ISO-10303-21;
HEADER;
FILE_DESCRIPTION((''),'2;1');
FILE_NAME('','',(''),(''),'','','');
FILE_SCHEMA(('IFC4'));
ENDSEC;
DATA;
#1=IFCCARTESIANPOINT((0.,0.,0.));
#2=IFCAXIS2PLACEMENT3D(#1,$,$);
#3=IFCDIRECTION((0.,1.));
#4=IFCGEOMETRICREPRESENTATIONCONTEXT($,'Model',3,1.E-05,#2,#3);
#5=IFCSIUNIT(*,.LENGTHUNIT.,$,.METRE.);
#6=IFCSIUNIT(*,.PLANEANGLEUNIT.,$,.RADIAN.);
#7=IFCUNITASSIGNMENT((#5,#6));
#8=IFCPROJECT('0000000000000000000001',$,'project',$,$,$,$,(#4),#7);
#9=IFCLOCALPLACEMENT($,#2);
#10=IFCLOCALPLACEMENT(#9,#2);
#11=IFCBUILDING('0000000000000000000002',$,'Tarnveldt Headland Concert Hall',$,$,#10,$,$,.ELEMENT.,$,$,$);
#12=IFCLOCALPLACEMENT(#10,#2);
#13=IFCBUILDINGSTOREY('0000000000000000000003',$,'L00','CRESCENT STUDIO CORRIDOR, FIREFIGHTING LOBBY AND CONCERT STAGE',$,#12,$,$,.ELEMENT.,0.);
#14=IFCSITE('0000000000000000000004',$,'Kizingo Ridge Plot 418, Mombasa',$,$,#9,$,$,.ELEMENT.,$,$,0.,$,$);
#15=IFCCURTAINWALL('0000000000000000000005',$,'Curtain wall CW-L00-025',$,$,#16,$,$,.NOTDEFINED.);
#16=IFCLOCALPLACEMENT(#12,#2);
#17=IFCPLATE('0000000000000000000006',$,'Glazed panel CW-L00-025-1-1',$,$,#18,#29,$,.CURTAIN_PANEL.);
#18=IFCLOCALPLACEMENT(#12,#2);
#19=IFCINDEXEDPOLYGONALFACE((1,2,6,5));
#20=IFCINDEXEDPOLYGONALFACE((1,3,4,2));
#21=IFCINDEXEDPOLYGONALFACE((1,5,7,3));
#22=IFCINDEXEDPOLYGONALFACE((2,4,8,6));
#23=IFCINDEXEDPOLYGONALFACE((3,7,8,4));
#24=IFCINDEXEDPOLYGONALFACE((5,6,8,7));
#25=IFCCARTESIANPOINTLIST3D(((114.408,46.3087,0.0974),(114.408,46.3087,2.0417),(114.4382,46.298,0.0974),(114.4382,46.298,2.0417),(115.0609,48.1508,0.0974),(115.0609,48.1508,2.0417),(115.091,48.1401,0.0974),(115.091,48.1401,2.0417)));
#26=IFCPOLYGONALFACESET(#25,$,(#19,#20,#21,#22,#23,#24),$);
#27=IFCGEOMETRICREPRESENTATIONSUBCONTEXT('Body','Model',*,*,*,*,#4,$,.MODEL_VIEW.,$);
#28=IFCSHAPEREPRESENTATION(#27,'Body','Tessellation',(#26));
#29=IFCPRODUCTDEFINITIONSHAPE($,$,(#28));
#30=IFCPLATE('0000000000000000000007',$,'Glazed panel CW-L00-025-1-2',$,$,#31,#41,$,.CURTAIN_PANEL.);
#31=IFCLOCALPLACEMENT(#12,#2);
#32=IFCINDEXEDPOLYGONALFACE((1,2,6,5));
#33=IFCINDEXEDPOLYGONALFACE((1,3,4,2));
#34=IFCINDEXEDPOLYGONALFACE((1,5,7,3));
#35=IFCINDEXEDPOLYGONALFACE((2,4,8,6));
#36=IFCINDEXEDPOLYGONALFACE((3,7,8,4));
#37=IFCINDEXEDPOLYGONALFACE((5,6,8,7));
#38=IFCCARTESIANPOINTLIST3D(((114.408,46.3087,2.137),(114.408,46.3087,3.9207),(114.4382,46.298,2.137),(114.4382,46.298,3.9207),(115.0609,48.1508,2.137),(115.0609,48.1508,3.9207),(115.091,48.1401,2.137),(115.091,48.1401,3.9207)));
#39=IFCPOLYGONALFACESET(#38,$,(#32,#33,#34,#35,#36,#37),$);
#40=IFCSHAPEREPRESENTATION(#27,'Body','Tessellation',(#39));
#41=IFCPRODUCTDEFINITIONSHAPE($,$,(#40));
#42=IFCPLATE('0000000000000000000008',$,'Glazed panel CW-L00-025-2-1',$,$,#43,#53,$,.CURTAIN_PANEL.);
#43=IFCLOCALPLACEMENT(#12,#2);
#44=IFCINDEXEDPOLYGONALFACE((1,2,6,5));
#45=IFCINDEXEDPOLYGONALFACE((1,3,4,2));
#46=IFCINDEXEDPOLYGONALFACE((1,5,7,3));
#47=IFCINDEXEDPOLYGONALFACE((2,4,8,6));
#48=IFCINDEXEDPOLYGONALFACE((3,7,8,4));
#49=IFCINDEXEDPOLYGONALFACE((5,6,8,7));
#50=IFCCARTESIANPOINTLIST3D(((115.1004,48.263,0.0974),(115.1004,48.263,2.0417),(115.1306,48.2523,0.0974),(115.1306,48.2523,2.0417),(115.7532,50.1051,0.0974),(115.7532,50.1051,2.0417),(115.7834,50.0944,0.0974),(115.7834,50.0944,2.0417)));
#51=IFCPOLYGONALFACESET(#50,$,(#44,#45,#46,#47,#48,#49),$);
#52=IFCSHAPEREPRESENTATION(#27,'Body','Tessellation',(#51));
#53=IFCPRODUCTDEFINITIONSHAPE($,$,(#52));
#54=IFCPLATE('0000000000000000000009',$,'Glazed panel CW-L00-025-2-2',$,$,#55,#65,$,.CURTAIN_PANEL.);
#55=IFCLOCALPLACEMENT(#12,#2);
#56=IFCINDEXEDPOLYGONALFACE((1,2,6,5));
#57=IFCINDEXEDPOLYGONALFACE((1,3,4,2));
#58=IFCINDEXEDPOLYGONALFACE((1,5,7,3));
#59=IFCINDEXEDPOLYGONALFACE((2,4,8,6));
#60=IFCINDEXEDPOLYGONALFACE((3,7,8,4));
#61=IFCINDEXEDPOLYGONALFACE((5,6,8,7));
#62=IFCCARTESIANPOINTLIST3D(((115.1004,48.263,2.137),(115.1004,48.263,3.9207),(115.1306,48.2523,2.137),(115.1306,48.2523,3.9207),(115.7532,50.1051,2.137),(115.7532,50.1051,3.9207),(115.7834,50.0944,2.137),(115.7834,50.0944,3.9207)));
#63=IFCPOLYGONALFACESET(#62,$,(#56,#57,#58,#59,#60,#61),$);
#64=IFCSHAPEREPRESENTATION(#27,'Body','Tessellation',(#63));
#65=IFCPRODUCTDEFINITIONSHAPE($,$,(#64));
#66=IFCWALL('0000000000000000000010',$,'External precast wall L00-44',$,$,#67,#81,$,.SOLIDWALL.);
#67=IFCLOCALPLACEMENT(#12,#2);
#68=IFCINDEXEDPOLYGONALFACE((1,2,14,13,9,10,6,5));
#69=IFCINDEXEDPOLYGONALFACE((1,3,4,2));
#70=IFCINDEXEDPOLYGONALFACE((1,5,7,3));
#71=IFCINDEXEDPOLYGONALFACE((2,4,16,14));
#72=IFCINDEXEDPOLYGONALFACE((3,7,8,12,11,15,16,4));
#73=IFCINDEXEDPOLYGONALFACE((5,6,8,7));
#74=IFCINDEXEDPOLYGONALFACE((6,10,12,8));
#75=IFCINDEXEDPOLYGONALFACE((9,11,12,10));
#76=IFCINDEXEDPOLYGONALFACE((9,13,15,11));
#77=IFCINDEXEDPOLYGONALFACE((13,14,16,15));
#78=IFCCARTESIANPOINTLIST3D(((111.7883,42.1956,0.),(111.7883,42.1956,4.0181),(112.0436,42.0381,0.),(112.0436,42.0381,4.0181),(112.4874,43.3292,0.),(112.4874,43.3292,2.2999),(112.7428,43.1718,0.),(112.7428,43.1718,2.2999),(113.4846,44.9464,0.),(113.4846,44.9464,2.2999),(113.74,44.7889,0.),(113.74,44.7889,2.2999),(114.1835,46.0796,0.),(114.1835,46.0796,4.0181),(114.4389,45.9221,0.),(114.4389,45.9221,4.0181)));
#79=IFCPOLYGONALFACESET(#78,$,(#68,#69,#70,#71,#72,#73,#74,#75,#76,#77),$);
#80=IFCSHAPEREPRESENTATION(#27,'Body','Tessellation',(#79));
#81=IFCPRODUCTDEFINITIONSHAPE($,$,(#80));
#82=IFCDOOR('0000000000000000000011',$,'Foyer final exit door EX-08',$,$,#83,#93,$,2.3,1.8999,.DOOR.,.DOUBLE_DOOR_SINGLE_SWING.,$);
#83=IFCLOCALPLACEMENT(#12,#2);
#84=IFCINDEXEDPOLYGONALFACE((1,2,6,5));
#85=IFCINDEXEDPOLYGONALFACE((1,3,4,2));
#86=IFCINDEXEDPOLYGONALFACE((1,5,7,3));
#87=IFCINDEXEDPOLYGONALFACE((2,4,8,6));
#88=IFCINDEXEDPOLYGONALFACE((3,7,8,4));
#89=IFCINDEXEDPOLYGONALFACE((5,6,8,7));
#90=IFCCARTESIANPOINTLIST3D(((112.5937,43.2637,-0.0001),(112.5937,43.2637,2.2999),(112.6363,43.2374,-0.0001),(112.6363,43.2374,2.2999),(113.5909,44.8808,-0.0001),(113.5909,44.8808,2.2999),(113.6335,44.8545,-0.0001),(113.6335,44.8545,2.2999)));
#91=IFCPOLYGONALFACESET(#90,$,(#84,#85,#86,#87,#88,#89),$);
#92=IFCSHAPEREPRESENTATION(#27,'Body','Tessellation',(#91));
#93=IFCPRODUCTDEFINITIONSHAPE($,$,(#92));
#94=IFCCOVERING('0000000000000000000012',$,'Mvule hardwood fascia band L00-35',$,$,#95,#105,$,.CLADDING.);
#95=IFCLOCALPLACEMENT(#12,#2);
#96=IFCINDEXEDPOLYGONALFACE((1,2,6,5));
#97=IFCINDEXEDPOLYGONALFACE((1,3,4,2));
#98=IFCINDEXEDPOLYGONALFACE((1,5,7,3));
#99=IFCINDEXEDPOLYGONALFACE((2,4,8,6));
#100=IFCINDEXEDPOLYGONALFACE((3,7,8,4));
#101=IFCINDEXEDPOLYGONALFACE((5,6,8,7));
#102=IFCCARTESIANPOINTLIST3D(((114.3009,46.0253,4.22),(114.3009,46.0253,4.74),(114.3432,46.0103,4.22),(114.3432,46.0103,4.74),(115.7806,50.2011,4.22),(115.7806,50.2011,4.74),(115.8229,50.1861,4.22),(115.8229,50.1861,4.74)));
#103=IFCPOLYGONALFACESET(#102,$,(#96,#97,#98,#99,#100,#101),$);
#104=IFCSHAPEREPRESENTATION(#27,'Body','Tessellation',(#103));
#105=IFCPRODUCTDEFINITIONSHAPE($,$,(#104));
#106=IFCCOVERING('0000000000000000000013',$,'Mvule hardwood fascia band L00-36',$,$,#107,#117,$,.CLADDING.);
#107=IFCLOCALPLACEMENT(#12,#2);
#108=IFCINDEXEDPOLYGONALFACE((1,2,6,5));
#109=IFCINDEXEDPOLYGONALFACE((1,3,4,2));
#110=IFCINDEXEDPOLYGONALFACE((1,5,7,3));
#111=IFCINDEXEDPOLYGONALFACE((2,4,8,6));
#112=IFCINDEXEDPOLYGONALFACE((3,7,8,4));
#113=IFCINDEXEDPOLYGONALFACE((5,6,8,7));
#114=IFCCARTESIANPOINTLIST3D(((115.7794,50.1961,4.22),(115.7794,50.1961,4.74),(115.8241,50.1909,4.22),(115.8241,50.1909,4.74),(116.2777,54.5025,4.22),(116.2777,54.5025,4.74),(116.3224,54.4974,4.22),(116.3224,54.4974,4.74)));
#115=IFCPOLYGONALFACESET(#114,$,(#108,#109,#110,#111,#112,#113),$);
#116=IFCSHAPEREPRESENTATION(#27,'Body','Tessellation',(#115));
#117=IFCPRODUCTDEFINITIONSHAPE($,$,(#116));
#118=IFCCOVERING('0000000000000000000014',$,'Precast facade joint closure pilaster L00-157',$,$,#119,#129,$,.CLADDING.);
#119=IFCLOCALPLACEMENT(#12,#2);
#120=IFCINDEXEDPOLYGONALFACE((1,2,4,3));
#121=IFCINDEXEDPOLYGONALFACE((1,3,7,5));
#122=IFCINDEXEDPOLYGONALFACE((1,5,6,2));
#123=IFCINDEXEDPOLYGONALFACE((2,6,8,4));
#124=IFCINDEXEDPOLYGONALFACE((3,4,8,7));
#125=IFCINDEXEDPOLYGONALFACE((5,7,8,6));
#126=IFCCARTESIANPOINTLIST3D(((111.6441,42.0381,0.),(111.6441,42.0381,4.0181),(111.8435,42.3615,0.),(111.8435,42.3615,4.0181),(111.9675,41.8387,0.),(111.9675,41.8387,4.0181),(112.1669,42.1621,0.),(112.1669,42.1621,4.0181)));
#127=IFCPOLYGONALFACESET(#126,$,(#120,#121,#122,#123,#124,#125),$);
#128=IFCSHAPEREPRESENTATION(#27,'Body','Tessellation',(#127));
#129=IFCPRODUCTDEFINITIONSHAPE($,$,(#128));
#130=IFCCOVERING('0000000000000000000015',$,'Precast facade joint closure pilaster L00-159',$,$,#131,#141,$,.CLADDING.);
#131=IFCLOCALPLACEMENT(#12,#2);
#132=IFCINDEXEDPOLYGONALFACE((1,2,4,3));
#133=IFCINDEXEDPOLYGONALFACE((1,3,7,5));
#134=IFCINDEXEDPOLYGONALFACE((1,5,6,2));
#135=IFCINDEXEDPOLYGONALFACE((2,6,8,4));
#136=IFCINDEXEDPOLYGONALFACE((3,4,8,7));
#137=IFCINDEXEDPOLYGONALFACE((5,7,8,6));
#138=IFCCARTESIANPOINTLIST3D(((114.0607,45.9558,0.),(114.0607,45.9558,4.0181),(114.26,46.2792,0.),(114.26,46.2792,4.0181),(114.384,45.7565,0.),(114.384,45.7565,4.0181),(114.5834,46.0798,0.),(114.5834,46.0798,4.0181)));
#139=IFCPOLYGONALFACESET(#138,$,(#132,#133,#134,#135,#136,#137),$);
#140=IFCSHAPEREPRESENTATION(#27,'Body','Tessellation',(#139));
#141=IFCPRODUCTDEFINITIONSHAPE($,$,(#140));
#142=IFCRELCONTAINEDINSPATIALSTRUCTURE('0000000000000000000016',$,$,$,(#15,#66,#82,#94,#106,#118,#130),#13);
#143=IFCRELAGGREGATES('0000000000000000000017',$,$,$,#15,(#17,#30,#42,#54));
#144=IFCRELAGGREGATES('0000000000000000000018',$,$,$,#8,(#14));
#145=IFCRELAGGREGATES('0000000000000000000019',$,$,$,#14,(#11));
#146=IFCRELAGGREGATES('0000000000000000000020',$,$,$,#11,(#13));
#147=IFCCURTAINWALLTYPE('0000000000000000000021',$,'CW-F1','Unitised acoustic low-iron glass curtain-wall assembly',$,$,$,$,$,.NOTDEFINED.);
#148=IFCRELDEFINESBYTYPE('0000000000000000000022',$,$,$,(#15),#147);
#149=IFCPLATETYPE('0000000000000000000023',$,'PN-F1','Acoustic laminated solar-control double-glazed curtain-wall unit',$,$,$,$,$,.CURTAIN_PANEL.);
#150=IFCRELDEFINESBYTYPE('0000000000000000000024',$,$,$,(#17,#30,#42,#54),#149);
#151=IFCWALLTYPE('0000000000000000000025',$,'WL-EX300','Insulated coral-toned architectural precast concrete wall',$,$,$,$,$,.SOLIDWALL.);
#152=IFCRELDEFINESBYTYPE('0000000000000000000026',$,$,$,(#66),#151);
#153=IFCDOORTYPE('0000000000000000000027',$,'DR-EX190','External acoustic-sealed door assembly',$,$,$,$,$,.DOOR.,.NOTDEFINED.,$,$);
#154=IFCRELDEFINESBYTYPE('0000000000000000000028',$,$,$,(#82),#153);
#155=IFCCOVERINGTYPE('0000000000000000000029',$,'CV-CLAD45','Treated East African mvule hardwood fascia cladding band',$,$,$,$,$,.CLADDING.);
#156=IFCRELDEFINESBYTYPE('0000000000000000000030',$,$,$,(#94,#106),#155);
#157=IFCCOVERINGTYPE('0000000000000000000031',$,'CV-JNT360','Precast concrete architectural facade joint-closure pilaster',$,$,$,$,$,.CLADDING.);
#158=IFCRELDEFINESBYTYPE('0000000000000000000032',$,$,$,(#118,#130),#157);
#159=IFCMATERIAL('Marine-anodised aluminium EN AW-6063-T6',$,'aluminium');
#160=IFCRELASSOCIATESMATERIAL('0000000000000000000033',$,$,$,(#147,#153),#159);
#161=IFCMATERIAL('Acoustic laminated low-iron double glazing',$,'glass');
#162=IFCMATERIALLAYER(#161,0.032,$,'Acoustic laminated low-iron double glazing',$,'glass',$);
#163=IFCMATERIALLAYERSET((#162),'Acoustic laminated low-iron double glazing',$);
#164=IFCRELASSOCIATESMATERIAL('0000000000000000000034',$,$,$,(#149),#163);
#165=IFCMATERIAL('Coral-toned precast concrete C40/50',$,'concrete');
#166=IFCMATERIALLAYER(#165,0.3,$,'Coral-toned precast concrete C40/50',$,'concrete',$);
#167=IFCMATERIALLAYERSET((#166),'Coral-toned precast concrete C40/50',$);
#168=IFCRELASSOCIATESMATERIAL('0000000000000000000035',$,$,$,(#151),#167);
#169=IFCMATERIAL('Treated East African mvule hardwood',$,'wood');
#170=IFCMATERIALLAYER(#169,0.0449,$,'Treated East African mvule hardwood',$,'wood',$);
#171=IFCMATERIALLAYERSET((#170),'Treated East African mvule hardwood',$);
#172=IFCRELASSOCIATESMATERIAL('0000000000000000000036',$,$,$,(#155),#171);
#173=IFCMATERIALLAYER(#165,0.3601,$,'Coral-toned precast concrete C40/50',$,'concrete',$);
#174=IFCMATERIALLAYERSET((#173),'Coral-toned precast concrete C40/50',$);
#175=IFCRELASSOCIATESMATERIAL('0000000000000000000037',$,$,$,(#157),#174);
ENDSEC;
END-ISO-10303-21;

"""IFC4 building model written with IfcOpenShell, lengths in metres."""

from ifc_helpers import new_model, si_unit, direction, frame, frame_2d, origin, origin_2d, place, context, subcontext, project, spatial, rectangle, extrude, material, layer, layer_set, type_object, element, fill, aggregate, save


model = new_model("IFC4")

# Units and contexts
model_context = context("Model", 3, precision=1e-05, world=origin(), true_north=direction((0.0, 1.0)))
body_context = subcontext(model_context, "Body", "Model", "MODEL_VIEW")
ifc_project = project(units=[si_unit("LENGTHUNIT", "METRE"), si_unit("PLANEANGLEUNIT", "RADIAN")], contexts=[model_context])

# Site, building, storey
site_placement = place(None, origin())
site = spatial("IfcSite", under=ifc_project, at=site_placement, Name="Kizingo Ridge Plot 418, Mombasa", CompositionType="ELEMENT", RefElevation=0.0)
building_placement = place(site_placement, origin())
building = spatial("IfcBuilding", under=site, at=building_placement, Name="Tarnveldt Headland Concert Hall", CompositionType="ELEMENT")
storey_placement = place(building_placement, origin())
storey = spatial("IfcBuildingStorey", under=building, at=storey_placement, Name="L00", Description="CRESCENT STUDIO CORRIDOR, FIREFIGHTING LOBBY AND CONCERT STAGE", CompositionType="ELEMENT", Elevation=0.0)

# Curtain wall
ifc_material_1 = material(Name="Marine-anodised aluminium EN AW-6063-T6", Category="aluminium")
curtain_wall_type = type_object("IfcCurtainWallType", Name="CW-F1", Description="Unitised acoustic low-iron glass curtain-wall assembly", PredefinedType="NOTDEFINED", material=ifc_material_1)
curtain_wall_1_placement = place(storey_placement, origin())
curtain_wall_1 = element("IfcCurtainWall", 1, at=curtain_wall_1_placement, inside=storey, type_object=curtain_wall_type, Name="Curtain wall CW-L00-025", PredefinedType="NOTDEFINED")

# Plates
ifc_material_2 = material(Name="Acoustic laminated low-iron double glazing", Category="glass")
ifc_layer_1 = layer(ifc_material_2, 0.032, Name="Acoustic laminated low-iron double glazing", Category="glass")
ifc_layer_set_1 = layer_set([ifc_layer_1], Name="Acoustic laminated low-iron double glazing")
plate_type_1 = type_object("IfcPlateType", Name="PN-F1", Description="Acoustic laminated solar-control double-glazed curtain-wall unit", PredefinedType="CURTAIN_PANEL", material=ifc_layer_set_1)
plate_1_placement = place(storey_placement, frame((114.7495, 47.2244, 0.0974), z_axis=(0.0, 0.0, 1.0), x_axis=(0.334037, 0.94256, 0.0)))
plate_1 = element("IfcPlate", 2, at=plate_1_placement, type_object=plate_type_1, Name="Glazed panel CW-L00-025-1-1", PredefinedType="CURTAIN_PANEL", context=body_context, shape_type="SweptSolid", body=[
    extrude(rectangle(XDim=1.9543, YDim=0.032, at=origin_2d()), origin(), (0.0, 0.0, 1.0), 1.9443),
])
plate_2_placement = place(storey_placement, frame((114.7495, 47.2244, 2.137), z_axis=(0.0, 0.0, 1.0), x_axis=(0.334037, 0.94256, 0.0)))
plate_2 = element("IfcPlate", 3, at=plate_2_placement, type_object=plate_type_1, Name="Glazed panel CW-L00-025-1-2", PredefinedType="CURTAIN_PANEL", context=body_context, shape_type="SweptSolid", body=[
    extrude(rectangle(XDim=1.9543, YDim=0.032, at=origin_2d()), origin(), (0.0, 0.0, 1.0), 1.7837),
])
plate_3_placement = place(storey_placement, frame((115.4419, 49.1787, 0.0974), z_axis=(0.0, 0.0, 1.0), x_axis=(0.334037, 0.94256, 0.0)))
plate_3 = element("IfcPlate", 4, at=plate_3_placement, type_object=plate_type_1, Name="Glazed panel CW-L00-025-2-1", PredefinedType="CURTAIN_PANEL", context=body_context, shape_type="SweptSolid", body=[
    extrude(rectangle(XDim=1.9543, YDim=0.032, at=origin_2d()), origin(), (0.0, 0.0, 1.0), 1.9443),
])
plate_4_placement = place(storey_placement, frame((115.4419, 49.1787, 2.137), z_axis=(0.0, 0.0, 1.0), x_axis=(0.334037, 0.94256, 0.0)))
plate_4 = element("IfcPlate", 5, at=plate_4_placement, type_object=plate_type_1, Name="Glazed panel CW-L00-025-2-2", PredefinedType="CURTAIN_PANEL", context=body_context, shape_type="SweptSolid", body=[
    extrude(rectangle(XDim=1.9543, YDim=0.032, at=origin_2d()), origin(), (0.0, 0.0, 1.0), 1.7837),
])
aggregate(curtain_wall_1, [plate_1, plate_2, plate_3, plate_4])

# Wall, opening, door
ifc_material_3 = material(Name="Coral-toned precast concrete C40/50", Category="concrete")
ifc_layer_2 = layer(ifc_material_3, 0.3, Name="Coral-toned precast concrete C40/50", Category="concrete")
ifc_layer_set_2 = layer_set([ifc_layer_2], Name="Coral-toned precast concrete C40/50")
wall_type = type_object("IfcWallType", Name="WL-EX300", Description="Insulated coral-toned architectural precast concrete wall", PredefinedType="SOLIDWALL", material=ifc_layer_set_2)
wall_placement = place(storey_placement, frame((114.3113, 46.001, 0.0), z_axis=(0.0, 0.0, 1.0), x_axis=(-0.524906, -0.85116, 0.0)))
wall = element("IfcWall", 6, at=wall_placement, inside=storey, type_object=wall_type, Name="External precast wall L00-44", PredefinedType="SOLIDWALL", context=body_context, shape_type="SweptSolid", body=[
    extrude(rectangle(XDim=4.5632, YDim=0.3, at=frame_2d((2.2817, 0.0))), origin(), (0.0, 0.0, 1.0), 4.0181),
])
opening_placement = place(wall_placement, frame((1.3315, 0.0, 0.0)))
opening = element("IfcOpeningElement", 7, at=opening_placement, cuts=wall, PredefinedType="OPENING", context=body_context, shape_type="SweptSolid", body=[
    extrude(rectangle(XDim=1.8999, YDim=2.3, at=frame_2d((0.95, 1.1499))), frame((0.0, 0.1599, 0.0), z_axis=(0.0, -1.0, 0.0), x_axis=(1.0, 0.0, 0.0)), (0.0, 0.0, 1.0), 0.3201),
])
door_type = type_object("IfcDoorType", Name="DR-EX190", Description="External acoustic-sealed door assembly", OperationType="NOTDEFINED", PredefinedType="DOOR", material=ifc_material_1)
door_placement = place(opening_placement, origin())
door = element("IfcDoor", 8, at=door_placement, inside=storey, type_object=door_type, Name="Foyer final exit door EX-08", OperationType="DOUBLE_DOOR_SINGLE_SWING", OverallHeight=2.3, OverallWidth=1.8999, PredefinedType="DOOR", context=body_context, shape_type="SweptSolid", body=[
    extrude(rectangle(XDim=1.8999, YDim=2.3, at=frame_2d((0.95, 1.1499))), frame((0.0, 0.0249, 0.0), z_axis=(0.0, -1.0, 0.0), x_axis=(1.0, 0.0, 0.0)), (0.0, 0.0, 1.0), 0.05),
])
fill(opening, door)

# Coverings
ifc_material_4 = material(Name="Treated East African mvule hardwood", Category="wood")
ifc_layer_3 = layer(ifc_material_4, 0.0449, Name="Treated East African mvule hardwood", Category="wood")
ifc_layer_set_3 = layer_set([ifc_layer_3], Name="Treated East African mvule hardwood")
covering_type_1 = type_object("IfcCoveringType", Name="CV-CLAD45", Description="Treated East African mvule hardwood fascia cladding band", PredefinedType="CLADDING", material=ifc_layer_set_3)
covering_1_placement = place(storey_placement, frame((114.322, 46.0178, 4.22), z_axis=(0.0, 0.0, 1.0), x_axis=(0.33401, 0.942569, 0.0)))
element("IfcCovering", 9, at=covering_1_placement, inside=storey, type_object=covering_type_1, Name="Mvule hardwood fascia band L00-35", PredefinedType="CLADDING", context=body_context, shape_type="SweptSolid", body=[
    extrude(rectangle(XDim=4.4302, YDim=0.0449, at=frame_2d((2.2151, 0.0))), origin(), (0.0, 0.0, 1.0), 0.52),
])
covering_2_placement = place(storey_placement, frame((115.8018, 50.1936, 4.22), z_axis=(0.0, 0.0, 1.0), x_axis=(0.114943, 0.993372, 0.0)))
element("IfcCovering", 10, at=covering_2_placement, inside=storey, type_object=covering_type_1, Name="Mvule hardwood fascia band L00-36", PredefinedType="CLADDING", context=body_context, shape_type="SweptSolid", body=[
    extrude(rectangle(XDim=4.3352, YDim=0.0449, at=frame_2d((2.1675, 0.0))), origin(), (0.0, 0.0, 1.0), 0.52),
])
ifc_layer_4 = layer(ifc_material_3, 0.3601, Name="Coral-toned precast concrete C40/50", Category="concrete")
ifc_layer_set_4 = layer_set([ifc_layer_4], Name="Coral-toned precast concrete C40/50")
covering_type_2 = type_object("IfcCoveringType", Name="CV-JNT360", Description="Precast concrete architectural facade joint-closure pilaster", PredefinedType="CLADDING", material=ifc_layer_set_4)
for number, where, z_axis, x_axis, name in (
    (11, (111.9055, 42.1001, 0.0), (0.0, 0.0, 1.0), (-0.524878, -0.851178, 0.0), "Precast facade joint closure pilaster L00-157"),
    (12, (114.322, 46.0178, 0.0), (0.0, 0.0, 1.0), (-0.524878, -0.851178, 0.0), "Precast facade joint closure pilaster L00-159"),
):
    element("IfcCovering", number, at=place(storey_placement, frame(where, z_axis=z_axis, x_axis=x_axis)), inside=storey, type_object=covering_type_2, Name=name, PredefinedType="CLADDING", context=body_context, shape_type="SweptSolid", body=[
        extrude(rectangle(XDim=0.3799, YDim=0.3799, at=origin_2d()), origin(), (0.0, 0.0, 1.0), 4.0181),
    ])

save(model, "model.ifc")
